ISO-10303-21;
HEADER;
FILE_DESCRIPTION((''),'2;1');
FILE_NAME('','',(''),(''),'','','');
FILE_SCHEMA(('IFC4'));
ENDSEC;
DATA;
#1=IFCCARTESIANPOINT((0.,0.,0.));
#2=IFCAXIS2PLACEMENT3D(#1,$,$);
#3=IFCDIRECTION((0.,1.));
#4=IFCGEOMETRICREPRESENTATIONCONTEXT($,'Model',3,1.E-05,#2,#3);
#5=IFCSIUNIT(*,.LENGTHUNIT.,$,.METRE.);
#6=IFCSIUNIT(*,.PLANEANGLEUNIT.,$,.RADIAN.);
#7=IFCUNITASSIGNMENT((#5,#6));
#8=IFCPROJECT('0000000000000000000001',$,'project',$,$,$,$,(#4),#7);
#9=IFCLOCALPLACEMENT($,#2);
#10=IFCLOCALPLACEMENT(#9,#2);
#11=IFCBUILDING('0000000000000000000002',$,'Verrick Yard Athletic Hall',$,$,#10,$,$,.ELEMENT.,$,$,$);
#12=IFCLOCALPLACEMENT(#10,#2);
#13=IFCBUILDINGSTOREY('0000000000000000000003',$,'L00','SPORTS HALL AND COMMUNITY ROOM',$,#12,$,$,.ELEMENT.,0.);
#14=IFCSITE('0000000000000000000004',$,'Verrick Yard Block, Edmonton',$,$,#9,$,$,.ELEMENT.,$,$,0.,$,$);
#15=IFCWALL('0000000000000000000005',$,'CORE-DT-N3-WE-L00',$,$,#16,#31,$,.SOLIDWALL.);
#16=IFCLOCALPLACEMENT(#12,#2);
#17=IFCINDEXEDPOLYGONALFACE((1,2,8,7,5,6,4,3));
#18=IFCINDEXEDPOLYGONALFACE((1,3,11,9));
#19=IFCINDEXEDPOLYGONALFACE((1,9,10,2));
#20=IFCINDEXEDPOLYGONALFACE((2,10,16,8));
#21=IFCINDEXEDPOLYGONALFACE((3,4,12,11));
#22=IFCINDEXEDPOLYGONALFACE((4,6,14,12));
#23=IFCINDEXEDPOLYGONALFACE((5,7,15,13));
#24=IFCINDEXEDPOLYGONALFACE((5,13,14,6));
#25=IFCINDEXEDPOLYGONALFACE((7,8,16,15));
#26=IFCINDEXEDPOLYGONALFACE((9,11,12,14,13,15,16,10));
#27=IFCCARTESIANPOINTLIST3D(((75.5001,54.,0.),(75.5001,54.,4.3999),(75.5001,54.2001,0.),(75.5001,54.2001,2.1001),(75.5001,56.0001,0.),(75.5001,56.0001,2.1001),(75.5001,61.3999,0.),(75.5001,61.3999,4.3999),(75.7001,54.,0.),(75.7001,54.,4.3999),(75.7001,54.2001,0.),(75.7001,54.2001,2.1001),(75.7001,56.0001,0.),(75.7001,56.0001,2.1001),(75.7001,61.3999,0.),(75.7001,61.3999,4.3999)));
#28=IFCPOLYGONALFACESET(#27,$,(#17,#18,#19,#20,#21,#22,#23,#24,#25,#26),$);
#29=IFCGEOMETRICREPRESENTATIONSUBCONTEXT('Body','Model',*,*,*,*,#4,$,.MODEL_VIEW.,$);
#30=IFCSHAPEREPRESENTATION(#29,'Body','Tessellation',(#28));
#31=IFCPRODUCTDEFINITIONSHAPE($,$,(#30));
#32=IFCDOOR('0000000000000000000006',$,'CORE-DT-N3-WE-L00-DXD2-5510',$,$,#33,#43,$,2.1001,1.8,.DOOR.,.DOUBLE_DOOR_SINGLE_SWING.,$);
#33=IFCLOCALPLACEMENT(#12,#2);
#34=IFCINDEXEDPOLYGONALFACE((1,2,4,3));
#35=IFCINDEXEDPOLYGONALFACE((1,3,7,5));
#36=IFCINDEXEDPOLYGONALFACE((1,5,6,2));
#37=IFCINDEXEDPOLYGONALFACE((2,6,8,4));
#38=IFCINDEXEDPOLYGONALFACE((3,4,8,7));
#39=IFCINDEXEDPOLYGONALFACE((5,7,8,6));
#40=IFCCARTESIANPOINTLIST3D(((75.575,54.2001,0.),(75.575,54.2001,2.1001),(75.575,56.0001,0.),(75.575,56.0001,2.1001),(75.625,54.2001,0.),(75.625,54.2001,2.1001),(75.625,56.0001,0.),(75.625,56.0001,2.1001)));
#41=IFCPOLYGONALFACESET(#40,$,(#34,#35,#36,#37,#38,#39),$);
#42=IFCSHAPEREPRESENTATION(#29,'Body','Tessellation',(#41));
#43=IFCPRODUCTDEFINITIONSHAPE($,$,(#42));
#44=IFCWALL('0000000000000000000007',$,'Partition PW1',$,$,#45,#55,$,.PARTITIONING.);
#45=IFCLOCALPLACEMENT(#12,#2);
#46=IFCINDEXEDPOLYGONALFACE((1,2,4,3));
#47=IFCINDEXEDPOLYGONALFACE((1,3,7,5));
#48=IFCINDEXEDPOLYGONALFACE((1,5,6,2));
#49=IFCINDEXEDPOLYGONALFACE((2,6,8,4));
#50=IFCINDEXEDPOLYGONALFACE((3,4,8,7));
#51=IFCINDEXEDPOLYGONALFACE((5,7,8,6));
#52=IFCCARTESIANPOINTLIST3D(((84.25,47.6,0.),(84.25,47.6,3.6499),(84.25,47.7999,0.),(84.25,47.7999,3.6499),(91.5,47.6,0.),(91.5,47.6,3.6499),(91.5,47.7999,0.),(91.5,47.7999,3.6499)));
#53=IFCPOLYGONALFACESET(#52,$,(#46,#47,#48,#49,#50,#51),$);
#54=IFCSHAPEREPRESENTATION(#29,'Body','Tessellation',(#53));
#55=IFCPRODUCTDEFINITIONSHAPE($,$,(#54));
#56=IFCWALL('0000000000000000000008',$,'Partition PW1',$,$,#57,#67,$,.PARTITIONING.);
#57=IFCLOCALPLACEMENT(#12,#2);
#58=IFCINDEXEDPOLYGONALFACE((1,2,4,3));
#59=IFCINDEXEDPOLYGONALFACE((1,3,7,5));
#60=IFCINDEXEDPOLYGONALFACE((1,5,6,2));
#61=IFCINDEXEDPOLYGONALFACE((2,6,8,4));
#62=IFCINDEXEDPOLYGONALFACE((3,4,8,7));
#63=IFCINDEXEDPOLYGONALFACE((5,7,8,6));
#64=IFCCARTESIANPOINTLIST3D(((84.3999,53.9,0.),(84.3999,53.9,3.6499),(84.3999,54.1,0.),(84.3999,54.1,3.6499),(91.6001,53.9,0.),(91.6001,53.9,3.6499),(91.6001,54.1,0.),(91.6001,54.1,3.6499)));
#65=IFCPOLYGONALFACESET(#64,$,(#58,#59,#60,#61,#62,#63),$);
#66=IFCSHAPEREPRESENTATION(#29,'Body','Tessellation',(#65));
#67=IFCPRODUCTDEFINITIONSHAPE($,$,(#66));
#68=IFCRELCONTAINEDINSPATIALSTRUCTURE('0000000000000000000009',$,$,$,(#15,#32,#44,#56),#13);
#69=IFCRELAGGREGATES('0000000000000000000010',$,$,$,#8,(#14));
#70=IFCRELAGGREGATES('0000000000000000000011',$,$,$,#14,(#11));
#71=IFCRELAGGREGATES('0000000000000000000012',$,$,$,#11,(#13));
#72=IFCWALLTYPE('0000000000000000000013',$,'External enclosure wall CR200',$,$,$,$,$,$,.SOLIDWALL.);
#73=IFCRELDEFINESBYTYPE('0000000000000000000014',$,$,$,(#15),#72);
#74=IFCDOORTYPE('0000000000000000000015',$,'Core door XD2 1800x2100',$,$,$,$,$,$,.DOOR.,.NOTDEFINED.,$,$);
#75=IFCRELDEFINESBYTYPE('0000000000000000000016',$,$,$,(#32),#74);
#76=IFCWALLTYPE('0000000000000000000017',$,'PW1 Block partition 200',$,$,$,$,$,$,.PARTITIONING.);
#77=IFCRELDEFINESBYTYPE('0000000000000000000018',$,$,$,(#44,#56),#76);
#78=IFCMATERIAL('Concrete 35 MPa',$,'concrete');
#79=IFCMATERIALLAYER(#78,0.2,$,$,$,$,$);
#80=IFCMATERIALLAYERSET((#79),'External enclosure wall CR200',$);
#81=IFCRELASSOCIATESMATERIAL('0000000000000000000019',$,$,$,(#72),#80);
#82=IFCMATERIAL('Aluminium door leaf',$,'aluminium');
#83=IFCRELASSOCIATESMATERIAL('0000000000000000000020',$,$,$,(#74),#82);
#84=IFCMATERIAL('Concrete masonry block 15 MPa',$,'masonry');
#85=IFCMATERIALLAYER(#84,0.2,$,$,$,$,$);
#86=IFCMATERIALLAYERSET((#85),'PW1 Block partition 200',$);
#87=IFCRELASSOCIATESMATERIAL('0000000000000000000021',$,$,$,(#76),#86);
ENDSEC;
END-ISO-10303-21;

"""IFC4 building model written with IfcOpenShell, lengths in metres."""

from ifc_helpers import new_model, si_unit, direction, frame, frame_2d, origin, place, context, subcontext, project, spatial, rectangle, extrude, material, layer, layer_set, type_object, element, fill, save


model = new_model("IFC4")

# Units and contexts
model_context = context("Model", 3, precision=1e-05, world=origin(), true_north=direction((0.0, 1.0)))
body_context = subcontext(model_context, "Body", "Model", "MODEL_VIEW")
ifc_project = project(units=[si_unit("LENGTHUNIT", "METRE"), si_unit("PLANEANGLEUNIT", "RADIAN")], contexts=[model_context])

# Site, building, storey
site_placement = place(None, origin())
site = spatial("IfcSite", under=ifc_project, at=site_placement, Name="Verrick Yard Block, Edmonton", CompositionType="ELEMENT", RefElevation=0.0)
building_placement = place(site_placement, origin())
building = spatial("IfcBuilding", under=site, at=building_placement, Name="Verrick Yard Athletic Hall", CompositionType="ELEMENT")
storey_placement = place(building_placement, origin())
storey = spatial("IfcBuildingStorey", under=building, at=storey_placement, Name="L00", Description="SPORTS HALL AND COMMUNITY ROOM", CompositionType="ELEMENT", Elevation=0.0)

# Shared definitions
ifc_material_1 = material(Name="Concrete 35 MPa", Category="concrete")

# Wall, opening, door
ifc_layer_1 = layer(ifc_material_1, 0.2)
ifc_layer_set_1 = layer_set([ifc_layer_1], Name="External enclosure wall CR200")
wall_type_1 = type_object("IfcWallType", Name="External enclosure wall CR200", PredefinedType="SOLIDWALL", material=ifc_layer_set_1)
wall_1_placement = place(storey_placement, frame((75.6001, 61.3999, 0.0), z_axis=(0.0, 0.0, 1.0), x_axis=(0.0, -1.0, 0.0)))
wall_1 = element("IfcWall", 1, at=wall_1_placement, inside=storey, type_object=wall_type_1, Name="CORE-DT-N3-WE-L00", PredefinedType="SOLIDWALL", context=body_context, shape_type="SweptSolid", body=[
    extrude(rectangle(XDim=7.3999, YDim=0.2, at=frame_2d((3.7, 0.0))), origin(), (0.0, 0.0, 1.0), 4.3999),
])
opening_1_placement = place(wall_1_placement, frame((5.3999, 0.0, 0.0)))
opening_1 = element("IfcOpeningElement", 2, at=opening_1_placement, cuts=wall_1, PredefinedType="OPENING", context=body_context, shape_type="SweptSolid", body=[
    extrude(rectangle(XDim=1.8, YDim=2.1001, at=frame_2d((0.8999, 1.05))), frame((0.0, 0.1099, 0.0), z_axis=(0.0, -1.0, 0.0), x_axis=(1.0, 0.0, 0.0)), (0.0, 0.0, 1.0), 0.22),
])
ifc_material_2 = material(Name="Aluminium door leaf", Category="aluminium")
door_type_1 = type_object("IfcDoorType", Name="Core door XD2 1800x2100", OperationType="NOTDEFINED", PredefinedType="DOOR", material=ifc_material_2)
door_1_placement = place(opening_1_placement, origin())
door_1 = element("IfcDoor", 3, at=door_1_placement, inside=storey, type_object=door_type_1, Name="CORE-DT-N3-WE-L00-DXD2-5510", OperationType="DOUBLE_DOOR_SINGLE_SWING", OverallHeight=2.1001, OverallWidth=1.8, PredefinedType="DOOR", context=body_context, shape_type="SweptSolid", body=[
    extrude(rectangle(XDim=1.8, YDim=2.1001, at=frame_2d((0.8999, 1.05))), frame((0.0, 0.0249, 0.0), z_axis=(0.0, -1.0, 0.0), x_axis=(1.0, 0.0, 0.0)), (0.0, 0.0, 1.0), 0.05),
])
fill(opening_1, door_1)

# Walls
ifc_material_3 = material(Name="Concrete masonry block 15 MPa", Category="masonry")
ifc_layer_2 = layer(ifc_material_3, 0.2)
ifc_layer_set_2 = layer_set([ifc_layer_2], Name="PW1 Block partition 200")
wall_type_2 = type_object("IfcWallType", Name="PW1 Block partition 200", PredefinedType="PARTITIONING", material=ifc_layer_set_2)
wall_2_placement = place(storey_placement, frame((84.25, 47.7, 0.0), z_axis=(0.0, 0.0, 1.0), x_axis=(1.0, 0.0, 0.0)))
element("IfcWall", 4, at=wall_2_placement, inside=storey, type_object=wall_type_2, Name="Partition PW1", PredefinedType="PARTITIONING", context=body_context, shape_type="SweptSolid", body=[
    extrude(rectangle(XDim=7.25, YDim=0.2, at=frame_2d((3.625, 0.0))), origin(), (0.0, 0.0, 1.0), 3.6499),
])
wall_3_placement = place(storey_placement, frame((84.3999, 54.0, 0.0), z_axis=(0.0, 0.0, 1.0), x_axis=(1.0, 0.0, 0.0)))
element("IfcWall", 5, at=wall_3_placement, inside=storey, type_object=wall_type_2, Name="Partition PW1", PredefinedType="PARTITIONING", context=body_context, shape_type="SweptSolid", body=[
    extrude(rectangle(XDim=7.2002, YDim=0.2, at=frame_2d((3.6001, 0.0))), origin(), (0.0, 0.0, 1.0), 3.6499),
])

save(model, "model.ifc")
